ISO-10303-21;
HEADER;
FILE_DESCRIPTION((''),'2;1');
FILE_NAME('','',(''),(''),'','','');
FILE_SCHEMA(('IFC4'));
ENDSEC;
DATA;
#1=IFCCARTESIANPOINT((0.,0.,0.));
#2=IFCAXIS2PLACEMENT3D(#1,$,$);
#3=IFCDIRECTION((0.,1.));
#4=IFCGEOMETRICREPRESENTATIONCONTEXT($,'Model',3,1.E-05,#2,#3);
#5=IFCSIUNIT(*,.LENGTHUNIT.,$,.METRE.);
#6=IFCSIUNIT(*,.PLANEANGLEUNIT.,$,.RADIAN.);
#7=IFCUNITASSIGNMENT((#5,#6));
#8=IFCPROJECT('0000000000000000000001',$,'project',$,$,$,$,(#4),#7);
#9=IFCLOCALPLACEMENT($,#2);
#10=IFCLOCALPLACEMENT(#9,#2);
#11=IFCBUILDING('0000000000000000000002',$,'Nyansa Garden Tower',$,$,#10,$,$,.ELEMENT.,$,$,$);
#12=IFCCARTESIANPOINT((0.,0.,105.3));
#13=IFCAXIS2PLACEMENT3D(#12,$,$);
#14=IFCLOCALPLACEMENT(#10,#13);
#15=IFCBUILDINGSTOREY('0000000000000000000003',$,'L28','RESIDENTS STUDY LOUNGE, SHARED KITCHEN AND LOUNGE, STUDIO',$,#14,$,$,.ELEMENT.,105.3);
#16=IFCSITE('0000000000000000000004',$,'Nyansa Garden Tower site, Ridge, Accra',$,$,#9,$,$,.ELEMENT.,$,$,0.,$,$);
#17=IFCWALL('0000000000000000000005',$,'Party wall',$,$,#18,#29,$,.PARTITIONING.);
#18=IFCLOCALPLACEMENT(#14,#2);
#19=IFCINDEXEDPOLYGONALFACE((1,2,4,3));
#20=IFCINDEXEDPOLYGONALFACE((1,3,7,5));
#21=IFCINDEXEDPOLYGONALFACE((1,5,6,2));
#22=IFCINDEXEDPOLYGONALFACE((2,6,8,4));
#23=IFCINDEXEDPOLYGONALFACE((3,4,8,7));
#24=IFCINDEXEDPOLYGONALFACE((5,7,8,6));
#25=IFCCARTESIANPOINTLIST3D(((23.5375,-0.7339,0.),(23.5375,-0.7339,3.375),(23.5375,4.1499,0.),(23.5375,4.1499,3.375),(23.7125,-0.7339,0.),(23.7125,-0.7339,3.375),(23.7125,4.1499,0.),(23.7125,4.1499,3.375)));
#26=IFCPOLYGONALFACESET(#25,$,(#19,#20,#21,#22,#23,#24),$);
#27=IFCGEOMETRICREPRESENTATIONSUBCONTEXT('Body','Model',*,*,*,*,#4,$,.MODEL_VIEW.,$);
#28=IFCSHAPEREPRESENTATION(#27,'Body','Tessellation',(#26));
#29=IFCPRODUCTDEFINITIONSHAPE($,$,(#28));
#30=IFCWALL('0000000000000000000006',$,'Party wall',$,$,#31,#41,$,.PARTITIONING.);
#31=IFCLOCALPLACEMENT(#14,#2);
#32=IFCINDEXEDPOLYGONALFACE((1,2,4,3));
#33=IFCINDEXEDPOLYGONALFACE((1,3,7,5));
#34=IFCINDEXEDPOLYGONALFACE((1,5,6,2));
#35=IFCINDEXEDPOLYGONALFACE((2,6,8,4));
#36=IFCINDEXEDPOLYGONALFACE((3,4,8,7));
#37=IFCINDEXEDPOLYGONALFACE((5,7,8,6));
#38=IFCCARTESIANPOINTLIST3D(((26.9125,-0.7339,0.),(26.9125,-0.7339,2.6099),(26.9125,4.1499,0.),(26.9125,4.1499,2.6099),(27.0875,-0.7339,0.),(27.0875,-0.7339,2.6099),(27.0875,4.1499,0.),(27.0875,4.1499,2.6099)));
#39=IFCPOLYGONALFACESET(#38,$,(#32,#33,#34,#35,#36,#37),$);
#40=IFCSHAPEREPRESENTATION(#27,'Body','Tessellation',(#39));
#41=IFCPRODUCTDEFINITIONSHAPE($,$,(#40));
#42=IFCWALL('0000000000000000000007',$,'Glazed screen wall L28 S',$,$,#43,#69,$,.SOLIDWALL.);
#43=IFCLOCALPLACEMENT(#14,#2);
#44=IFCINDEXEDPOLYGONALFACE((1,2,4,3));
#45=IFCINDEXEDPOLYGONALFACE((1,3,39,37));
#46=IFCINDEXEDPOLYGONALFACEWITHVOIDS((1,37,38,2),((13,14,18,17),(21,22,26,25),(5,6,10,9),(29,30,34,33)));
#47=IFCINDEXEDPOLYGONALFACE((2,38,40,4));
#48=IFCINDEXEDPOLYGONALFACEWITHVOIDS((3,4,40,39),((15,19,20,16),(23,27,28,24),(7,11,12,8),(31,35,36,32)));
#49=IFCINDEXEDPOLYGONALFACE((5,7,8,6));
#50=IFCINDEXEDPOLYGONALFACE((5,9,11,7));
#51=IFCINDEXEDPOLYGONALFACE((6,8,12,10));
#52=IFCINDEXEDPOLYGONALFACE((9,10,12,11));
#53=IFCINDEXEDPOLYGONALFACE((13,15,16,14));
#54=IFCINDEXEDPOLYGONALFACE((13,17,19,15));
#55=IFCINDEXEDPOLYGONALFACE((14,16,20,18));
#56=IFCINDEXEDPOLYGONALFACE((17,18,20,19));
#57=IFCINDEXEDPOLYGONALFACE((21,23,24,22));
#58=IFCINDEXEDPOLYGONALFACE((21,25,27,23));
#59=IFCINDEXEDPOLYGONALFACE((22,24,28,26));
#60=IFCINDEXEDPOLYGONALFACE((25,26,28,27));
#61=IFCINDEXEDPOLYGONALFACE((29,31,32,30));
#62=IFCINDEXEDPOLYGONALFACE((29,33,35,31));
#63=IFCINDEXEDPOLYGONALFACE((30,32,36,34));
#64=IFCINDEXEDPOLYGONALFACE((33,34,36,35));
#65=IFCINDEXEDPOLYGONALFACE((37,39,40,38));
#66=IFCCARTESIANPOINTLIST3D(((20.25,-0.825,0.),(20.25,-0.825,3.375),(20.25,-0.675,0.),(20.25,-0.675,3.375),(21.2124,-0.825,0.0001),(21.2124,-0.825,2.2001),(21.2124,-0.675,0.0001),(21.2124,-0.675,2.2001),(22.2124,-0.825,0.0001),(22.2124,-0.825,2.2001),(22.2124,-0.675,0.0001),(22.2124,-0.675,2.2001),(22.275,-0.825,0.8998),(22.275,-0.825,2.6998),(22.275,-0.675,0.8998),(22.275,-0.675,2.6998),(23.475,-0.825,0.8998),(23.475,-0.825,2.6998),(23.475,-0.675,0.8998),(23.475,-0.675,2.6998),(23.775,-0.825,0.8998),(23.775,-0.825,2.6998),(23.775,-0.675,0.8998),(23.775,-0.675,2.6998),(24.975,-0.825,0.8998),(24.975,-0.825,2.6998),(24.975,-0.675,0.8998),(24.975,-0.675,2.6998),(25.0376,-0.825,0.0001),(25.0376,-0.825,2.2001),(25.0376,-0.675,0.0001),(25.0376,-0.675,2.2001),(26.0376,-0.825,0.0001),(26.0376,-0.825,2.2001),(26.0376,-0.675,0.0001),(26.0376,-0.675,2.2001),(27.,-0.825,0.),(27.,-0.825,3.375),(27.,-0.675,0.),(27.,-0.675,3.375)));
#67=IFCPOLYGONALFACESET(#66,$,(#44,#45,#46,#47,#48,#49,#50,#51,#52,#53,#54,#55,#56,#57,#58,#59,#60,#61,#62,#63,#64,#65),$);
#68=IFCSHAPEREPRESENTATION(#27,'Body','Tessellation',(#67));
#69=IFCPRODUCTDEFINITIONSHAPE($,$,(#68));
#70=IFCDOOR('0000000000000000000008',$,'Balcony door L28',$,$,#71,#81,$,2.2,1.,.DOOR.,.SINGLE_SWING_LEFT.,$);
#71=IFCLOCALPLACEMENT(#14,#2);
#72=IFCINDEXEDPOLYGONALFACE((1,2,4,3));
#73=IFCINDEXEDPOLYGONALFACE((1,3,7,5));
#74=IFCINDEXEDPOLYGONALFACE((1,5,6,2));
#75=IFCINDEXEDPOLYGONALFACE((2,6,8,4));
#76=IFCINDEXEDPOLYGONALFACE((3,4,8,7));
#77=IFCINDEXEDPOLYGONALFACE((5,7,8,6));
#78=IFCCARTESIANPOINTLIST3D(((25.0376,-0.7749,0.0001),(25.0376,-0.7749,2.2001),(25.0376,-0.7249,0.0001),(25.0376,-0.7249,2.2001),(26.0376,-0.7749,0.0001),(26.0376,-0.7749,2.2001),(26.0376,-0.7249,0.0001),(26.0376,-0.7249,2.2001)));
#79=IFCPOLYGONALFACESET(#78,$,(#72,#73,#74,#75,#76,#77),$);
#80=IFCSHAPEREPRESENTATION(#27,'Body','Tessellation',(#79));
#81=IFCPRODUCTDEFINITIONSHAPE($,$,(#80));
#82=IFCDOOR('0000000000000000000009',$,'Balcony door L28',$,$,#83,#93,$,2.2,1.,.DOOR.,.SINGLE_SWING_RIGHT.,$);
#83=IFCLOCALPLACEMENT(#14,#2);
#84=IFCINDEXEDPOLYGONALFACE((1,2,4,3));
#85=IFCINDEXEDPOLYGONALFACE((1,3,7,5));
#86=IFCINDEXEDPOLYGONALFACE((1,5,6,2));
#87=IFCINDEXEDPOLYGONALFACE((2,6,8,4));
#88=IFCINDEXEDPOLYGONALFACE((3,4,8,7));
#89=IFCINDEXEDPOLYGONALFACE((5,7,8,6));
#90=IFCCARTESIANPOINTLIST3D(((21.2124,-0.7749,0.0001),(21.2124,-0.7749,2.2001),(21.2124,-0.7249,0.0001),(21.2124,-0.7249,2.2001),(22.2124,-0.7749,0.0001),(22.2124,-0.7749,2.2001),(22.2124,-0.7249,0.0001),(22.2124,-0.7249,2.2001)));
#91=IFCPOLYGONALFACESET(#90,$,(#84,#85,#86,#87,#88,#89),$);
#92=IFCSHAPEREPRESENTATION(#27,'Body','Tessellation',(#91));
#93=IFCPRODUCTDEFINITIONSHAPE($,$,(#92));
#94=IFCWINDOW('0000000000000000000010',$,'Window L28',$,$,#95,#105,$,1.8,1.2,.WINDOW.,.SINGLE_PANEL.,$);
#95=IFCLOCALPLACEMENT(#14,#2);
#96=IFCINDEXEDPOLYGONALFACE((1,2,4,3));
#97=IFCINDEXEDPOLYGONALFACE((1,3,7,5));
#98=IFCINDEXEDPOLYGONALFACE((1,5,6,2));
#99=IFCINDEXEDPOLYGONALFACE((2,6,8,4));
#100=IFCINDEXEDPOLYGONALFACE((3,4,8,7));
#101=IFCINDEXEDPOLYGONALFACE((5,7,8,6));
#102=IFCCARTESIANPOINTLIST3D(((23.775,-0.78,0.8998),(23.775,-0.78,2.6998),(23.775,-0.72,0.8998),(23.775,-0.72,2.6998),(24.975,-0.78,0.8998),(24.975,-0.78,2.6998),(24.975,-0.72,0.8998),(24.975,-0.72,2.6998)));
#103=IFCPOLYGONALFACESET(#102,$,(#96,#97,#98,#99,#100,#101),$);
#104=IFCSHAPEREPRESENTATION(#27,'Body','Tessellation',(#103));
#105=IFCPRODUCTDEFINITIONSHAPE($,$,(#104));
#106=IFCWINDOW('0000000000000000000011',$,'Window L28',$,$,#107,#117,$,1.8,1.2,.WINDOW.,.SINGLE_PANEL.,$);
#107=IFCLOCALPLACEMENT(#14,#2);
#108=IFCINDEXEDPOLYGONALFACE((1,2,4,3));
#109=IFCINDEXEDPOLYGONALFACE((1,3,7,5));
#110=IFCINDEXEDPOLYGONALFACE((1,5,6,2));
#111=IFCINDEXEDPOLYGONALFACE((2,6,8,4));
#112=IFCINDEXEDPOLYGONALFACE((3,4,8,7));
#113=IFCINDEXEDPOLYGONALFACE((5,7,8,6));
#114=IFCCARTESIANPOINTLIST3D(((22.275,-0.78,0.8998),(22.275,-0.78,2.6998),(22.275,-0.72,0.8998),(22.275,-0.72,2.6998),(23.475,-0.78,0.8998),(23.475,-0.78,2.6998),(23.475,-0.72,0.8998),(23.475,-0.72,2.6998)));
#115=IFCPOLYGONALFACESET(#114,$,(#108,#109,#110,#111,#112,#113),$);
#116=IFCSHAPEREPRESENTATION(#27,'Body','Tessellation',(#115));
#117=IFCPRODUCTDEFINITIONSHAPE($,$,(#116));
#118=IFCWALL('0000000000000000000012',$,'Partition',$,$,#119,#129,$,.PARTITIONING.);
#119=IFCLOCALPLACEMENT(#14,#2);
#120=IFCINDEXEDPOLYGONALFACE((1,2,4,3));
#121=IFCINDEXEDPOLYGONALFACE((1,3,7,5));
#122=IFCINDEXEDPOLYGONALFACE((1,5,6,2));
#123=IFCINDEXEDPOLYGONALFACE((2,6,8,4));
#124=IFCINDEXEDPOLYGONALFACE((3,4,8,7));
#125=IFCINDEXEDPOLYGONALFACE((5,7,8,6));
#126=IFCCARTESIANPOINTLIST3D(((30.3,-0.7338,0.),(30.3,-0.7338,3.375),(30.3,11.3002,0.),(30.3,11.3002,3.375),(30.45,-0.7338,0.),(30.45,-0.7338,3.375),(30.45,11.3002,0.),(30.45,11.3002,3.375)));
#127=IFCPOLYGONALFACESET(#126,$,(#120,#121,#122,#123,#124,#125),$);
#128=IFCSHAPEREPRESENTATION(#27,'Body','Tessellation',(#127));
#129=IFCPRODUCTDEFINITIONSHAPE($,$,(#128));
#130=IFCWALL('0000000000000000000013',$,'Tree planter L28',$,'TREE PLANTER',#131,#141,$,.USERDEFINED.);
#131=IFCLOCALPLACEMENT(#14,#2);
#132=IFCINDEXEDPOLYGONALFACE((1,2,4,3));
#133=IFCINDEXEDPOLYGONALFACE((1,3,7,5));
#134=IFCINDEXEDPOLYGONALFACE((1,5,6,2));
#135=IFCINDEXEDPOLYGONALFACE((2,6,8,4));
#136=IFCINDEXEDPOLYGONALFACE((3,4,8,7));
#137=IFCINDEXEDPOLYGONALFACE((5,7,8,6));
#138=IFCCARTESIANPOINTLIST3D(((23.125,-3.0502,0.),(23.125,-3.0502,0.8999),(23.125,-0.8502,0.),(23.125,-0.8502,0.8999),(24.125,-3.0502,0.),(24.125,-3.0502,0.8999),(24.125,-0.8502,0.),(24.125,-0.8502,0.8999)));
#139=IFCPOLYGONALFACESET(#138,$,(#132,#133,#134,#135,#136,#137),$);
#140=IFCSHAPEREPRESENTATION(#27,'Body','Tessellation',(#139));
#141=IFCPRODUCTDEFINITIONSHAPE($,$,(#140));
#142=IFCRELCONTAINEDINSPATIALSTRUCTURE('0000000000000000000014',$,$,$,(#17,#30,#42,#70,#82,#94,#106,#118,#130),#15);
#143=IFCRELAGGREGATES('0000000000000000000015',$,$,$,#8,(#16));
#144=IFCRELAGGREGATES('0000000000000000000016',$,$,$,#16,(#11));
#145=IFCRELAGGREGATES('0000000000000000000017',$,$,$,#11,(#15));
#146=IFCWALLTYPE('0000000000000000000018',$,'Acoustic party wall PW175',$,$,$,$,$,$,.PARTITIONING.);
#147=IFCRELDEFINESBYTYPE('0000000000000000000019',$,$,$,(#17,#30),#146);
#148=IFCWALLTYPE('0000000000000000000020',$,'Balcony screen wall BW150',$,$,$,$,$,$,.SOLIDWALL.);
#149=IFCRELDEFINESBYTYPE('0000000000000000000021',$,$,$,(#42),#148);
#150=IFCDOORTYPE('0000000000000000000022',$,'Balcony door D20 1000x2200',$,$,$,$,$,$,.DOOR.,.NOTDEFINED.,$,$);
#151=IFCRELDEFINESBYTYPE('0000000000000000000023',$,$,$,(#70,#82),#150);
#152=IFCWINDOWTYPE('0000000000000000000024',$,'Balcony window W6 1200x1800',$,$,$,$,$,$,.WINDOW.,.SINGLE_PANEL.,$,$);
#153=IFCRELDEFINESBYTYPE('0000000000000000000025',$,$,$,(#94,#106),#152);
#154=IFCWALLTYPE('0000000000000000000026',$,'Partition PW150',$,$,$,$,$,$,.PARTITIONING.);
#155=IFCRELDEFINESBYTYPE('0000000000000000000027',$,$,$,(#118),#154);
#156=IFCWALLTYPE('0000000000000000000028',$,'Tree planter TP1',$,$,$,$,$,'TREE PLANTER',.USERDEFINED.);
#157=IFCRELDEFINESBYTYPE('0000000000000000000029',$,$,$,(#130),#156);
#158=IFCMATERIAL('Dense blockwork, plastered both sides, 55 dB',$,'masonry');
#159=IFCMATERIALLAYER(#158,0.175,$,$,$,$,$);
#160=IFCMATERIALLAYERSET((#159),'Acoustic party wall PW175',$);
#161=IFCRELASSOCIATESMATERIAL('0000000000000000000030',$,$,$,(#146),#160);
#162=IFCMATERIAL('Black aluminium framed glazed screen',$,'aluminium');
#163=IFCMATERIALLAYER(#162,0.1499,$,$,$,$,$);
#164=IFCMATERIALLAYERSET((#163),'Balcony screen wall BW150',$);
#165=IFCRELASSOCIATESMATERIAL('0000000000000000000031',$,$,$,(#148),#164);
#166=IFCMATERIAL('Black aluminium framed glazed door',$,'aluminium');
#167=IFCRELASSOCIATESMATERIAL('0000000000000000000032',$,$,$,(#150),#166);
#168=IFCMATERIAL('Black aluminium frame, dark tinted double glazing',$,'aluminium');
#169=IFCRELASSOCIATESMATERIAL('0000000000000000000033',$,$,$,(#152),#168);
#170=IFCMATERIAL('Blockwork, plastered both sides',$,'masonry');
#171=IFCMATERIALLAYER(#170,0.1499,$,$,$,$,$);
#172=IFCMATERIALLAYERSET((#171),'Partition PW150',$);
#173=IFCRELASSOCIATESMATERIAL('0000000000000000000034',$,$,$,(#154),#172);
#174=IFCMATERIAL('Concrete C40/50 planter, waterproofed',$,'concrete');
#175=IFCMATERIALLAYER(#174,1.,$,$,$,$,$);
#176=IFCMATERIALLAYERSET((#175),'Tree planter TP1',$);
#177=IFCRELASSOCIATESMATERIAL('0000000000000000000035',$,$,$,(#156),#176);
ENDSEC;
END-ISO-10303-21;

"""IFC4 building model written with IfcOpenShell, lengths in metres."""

from ifc_helpers import new_model, si_unit, direction, frame, frame_2d, origin, place, context, subcontext, project, spatial, rectangle, extrude, material, layer, layer_set, type_object, element, fill, save


model = new_model("IFC4")

# Units and contexts
model_context = context("Model", 3, precision=1e-05, world=origin(), true_north=direction((0.0, 1.0)))
body_context = subcontext(model_context, "Body", "Model", "MODEL_VIEW")
ifc_project = project(units=[si_unit("LENGTHUNIT", "METRE"), si_unit("PLANEANGLEUNIT", "RADIAN")], contexts=[model_context])

# Site, building, storey
site_placement = place(None, origin())
site = spatial("IfcSite", under=ifc_project, at=site_placement, Name="Nyansa Garden Tower site, Ridge, Accra", CompositionType="ELEMENT", RefElevation=0.0)
building_placement = place(site_placement, origin())
building = spatial("IfcBuilding", under=site, at=building_placement, Name="Nyansa Garden Tower", CompositionType="ELEMENT")
storey_placement = place(building_placement, frame((0.0, 0.0, 105.3)))
storey = spatial("IfcBuildingStorey", under=building, at=storey_placement, Name="L28", Description="RESIDENTS STUDY LOUNGE, SHARED KITCHEN AND LOUNGE, STUDIO", CompositionType="ELEMENT", Elevation=105.3)

# Walls
ifc_material_1 = material(Name="Dense blockwork, plastered both sides, 55 dB", Category="masonry")
ifc_layer_1 = layer(ifc_material_1, 0.175)
ifc_layer_set_1 = layer_set([ifc_layer_1], Name="Acoustic party wall PW175")
wall_type_1 = type_object("IfcWallType", Name="Acoustic party wall PW175", PredefinedType="PARTITIONING", material=ifc_layer_set_1)
wall_1_placement = place(storey_placement, frame((23.625, -0.7339, 0.0), z_axis=(0.0, 0.0, 1.0), x_axis=(0.0, 1.0, 0.0)))
element("IfcWall", 1, at=wall_1_placement, inside=storey, type_object=wall_type_1, Name="Party wall", PredefinedType="PARTITIONING", context=body_context, shape_type="SweptSolid", body=[
    extrude(rectangle(XDim=4.8838, YDim=0.175, at=frame_2d((2.4419, 0.0))), origin(), (0.0, 0.0, 1.0), 3.375),
])
wall_2_placement = place(storey_placement, frame((27.0, -0.7339, 0.0), z_axis=(0.0, 0.0, 1.0), x_axis=(0.0, 1.0, 0.0)))
element("IfcWall", 2, at=wall_2_placement, inside=storey, type_object=wall_type_1, Name="Party wall", PredefinedType="PARTITIONING", context=body_context, shape_type="SweptSolid", body=[
    extrude(rectangle(XDim=4.8838, YDim=0.175, at=frame_2d((2.4419, 0.0))), origin(), (0.0, 0.0, 1.0), 2.6099),
])

# Wall, openings, doors, windows
ifc_material_2 = material(Name="Black aluminium framed glazed screen", Category="aluminium")
ifc_layer_2 = layer(ifc_material_2, 0.1499)
ifc_layer_set_2 = layer_set([ifc_layer_2], Name="Balcony screen wall BW150")
wall_type_2 = type_object("IfcWallType", Name="Balcony screen wall BW150", PredefinedType="SOLIDWALL", material=ifc_layer_set_2)
wall_3_placement = place(storey_placement, frame((27.0, -0.75, 0.0), z_axis=(0.0, 0.0, 1.0), x_axis=(-1.0, 0.0, 0.0)))
wall_3 = element("IfcWall", 3, at=wall_3_placement, inside=storey, type_object=wall_type_2, Name="Glazed screen wall L28 S", PredefinedType="SOLIDWALL", context=body_context, shape_type="SweptSolid", body=[
    extrude(rectangle(XDim=6.75, YDim=0.1499, at=frame_2d((3.375, 0.0))), origin(), (0.0, 0.0, 1.0), 3.375),
])
opening_1_placement = place(wall_3_placement, frame((0.9624, 0.0, 0.0)))
opening_1 = element("IfcOpeningElement", 4, at=opening_1_placement, cuts=wall_3, PredefinedType="OPENING", context=body_context, shape_type="SweptSolid", body=[
    extrude(rectangle(XDim=1.0, YDim=2.2, at=frame_2d((0.5, 1.1001))), frame((0.0, 0.085, 0.0), z_axis=(0.0, -1.0, 0.0), x_axis=(1.0, 0.0, 0.0)), (0.0, 0.0, 1.0), 0.1699),
])
opening_2_placement = place(wall_3_placement, frame((2.0249, 0.0, 0.8999)))
opening_2 = element("IfcOpeningElement", 5, at=opening_2_placement, cuts=wall_3, PredefinedType="OPENING", context=body_context, shape_type="SweptSolid", body=[
    extrude(rectangle(XDim=1.2, YDim=1.8, at=frame_2d((0.6001, 0.8999))), frame((0.0, 0.085, 0.0), z_axis=(0.0, -1.0, 0.0), x_axis=(1.0, 0.0, 0.0)), (0.0, 0.0, 1.0), 0.1699),
])
opening_3_placement = place(wall_3_placement, frame((4.7876, 0.0, 0.0)))
opening_3 = element("IfcOpeningElement", 6, at=opening_3_placement, cuts=wall_3, PredefinedType="OPENING", context=body_context, shape_type="SweptSolid", body=[
    extrude(rectangle(XDim=1.0, YDim=2.2, at=frame_2d((0.5, 1.1001))), frame((0.0, 0.085, 0.0), z_axis=(0.0, -1.0, 0.0), x_axis=(1.0, 0.0, 0.0)), (0.0, 0.0, 1.0), 0.1699),
])
opening_4_placement = place(wall_3_placement, frame((3.5249, 0.0, 0.8999)))
opening_4 = element("IfcOpeningElement", 7, at=opening_4_placement, cuts=wall_3, PredefinedType="OPENING", context=body_context, shape_type="SweptSolid", body=[
    extrude(rectangle(XDim=1.2, YDim=1.8, at=frame_2d((0.6001, 0.8999))), frame((0.0, 0.085, 0.0), z_axis=(0.0, -1.0, 0.0), x_axis=(1.0, 0.0, 0.0)), (0.0, 0.0, 1.0), 0.1699),
])
ifc_material_3 = material(Name="Black aluminium framed glazed door", Category="aluminium")
door_type_1 = type_object("IfcDoorType", Name="Balcony door D20 1000x2200", OperationType="NOTDEFINED", PredefinedType="DOOR", material=ifc_material_3)
door_1_placement = place(opening_1_placement, origin())
door_1 = element("IfcDoor", 8, at=door_1_placement, inside=storey, type_object=door_type_1, Name="Balcony door L28", OperationType="SINGLE_SWING_LEFT", OverallHeight=2.2, OverallWidth=1.0, PredefinedType="DOOR", context=body_context, shape_type="SweptSolid", body=[
    extrude(rectangle(XDim=1.0, YDim=2.2, at=frame_2d((0.5, 1.1001))), frame((0.0, 0.0249, 0.0), z_axis=(0.0, -1.0, 0.0), x_axis=(1.0, 0.0, 0.0)), (0.0, 0.0, 1.0), 0.05),
])
fill(opening_1, door_1)
door_2_placement = place(opening_3_placement, origin())
door_2 = element("IfcDoor", 9, at=door_2_placement, inside=storey, type_object=door_type_1, Name="Balcony door L28", OperationType="SINGLE_SWING_RIGHT", OverallHeight=2.2, OverallWidth=1.0, PredefinedType="DOOR", context=body_context, shape_type="SweptSolid", body=[
    extrude(rectangle(XDim=1.0, YDim=2.2, at=frame_2d((0.5, 1.1001))), frame((0.0, 0.0249, 0.0), z_axis=(0.0, -1.0, 0.0), x_axis=(1.0, 0.0, 0.0)), (0.0, 0.0, 1.0), 0.05),
])
fill(opening_3, door_2)
ifc_material_4 = material(Name="Black aluminium frame, dark tinted double glazing", Category="aluminium")
window_type = type_object("IfcWindowType", Name="Balcony window W6 1200x1800", PartitioningType="SINGLE_PANEL", PredefinedType="WINDOW", material=ifc_material_4)
window_1_placement = place(opening_2_placement, origin())
window_1 = element("IfcWindow", 10, at=window_1_placement, inside=storey, type_object=window_type, Name="Window L28", OverallHeight=1.8, OverallWidth=1.2, PartitioningType="SINGLE_PANEL", PredefinedType="WINDOW", context=body_context, shape_type="SweptSolid", body=[
    extrude(rectangle(XDim=1.2, YDim=1.8, at=frame_2d((0.6001, 0.8999))), frame((0.0, 0.03, 0.0), z_axis=(0.0, -1.0, 0.0), x_axis=(1.0, 0.0, 0.0)), (0.0, 0.0, 1.0), 0.0601),
])
fill(opening_2, window_1)
window_2_placement = place(opening_4_placement, origin())
window_2 = element("IfcWindow", 11, at=window_2_placement, inside=storey, type_object=window_type, Name="Window L28", OverallHeight=1.8, OverallWidth=1.2, PartitioningType="SINGLE_PANEL", PredefinedType="WINDOW", context=body_context, shape_type="SweptSolid", body=[
    extrude(rectangle(XDim=1.2, YDim=1.8, at=frame_2d((0.6001, 0.8999))), frame((0.0, 0.03, 0.0), z_axis=(0.0, -1.0, 0.0), x_axis=(1.0, 0.0, 0.0)), (0.0, 0.0, 1.0), 0.0601),
])
fill(opening_4, window_2)

# Walls
ifc_material_5 = material(Name="Blockwork, plastered both sides", Category="masonry")
ifc_layer_3 = layer(ifc_material_5, 0.1499)
ifc_layer_set_3 = layer_set([ifc_layer_3], Name="Partition PW150")
wall_type_3 = type_object("IfcWallType", Name="Partition PW150", PredefinedType="PARTITIONING", material=ifc_layer_set_3)
wall_4_placement = place(storey_placement, frame((30.375, -0.7339, 0.0), z_axis=(0.0, 0.0, 1.0), x_axis=(0.0, 1.0, 0.0)))
element("IfcWall", 12, at=wall_4_placement, inside=storey, type_object=wall_type_3, Name="Partition", PredefinedType="PARTITIONING", context=body_context, shape_type="SweptSolid", body=[
    extrude(rectangle(XDim=12.0339, YDim=0.1499, at=frame_2d((6.0171, 0.0))), origin(), (0.0, 0.0, 1.0), 3.375),
])
ifc_material_6 = material(Name="Concrete C40/50 planter, waterproofed", Category="concrete")
ifc_layer_4 = layer(ifc_material_6, 1.0)
ifc_layer_set_4 = layer_set([ifc_layer_4], Name="Tree planter TP1")
wall_type_4 = type_object("IfcWallType", Name="Tree planter TP1", ElementType="TREE PLANTER", PredefinedType="USERDEFINED", material=ifc_layer_set_4)
wall_5_placement = place(storey_placement, frame((23.625, -0.8501, 0.0), z_axis=(0.0, 0.0, 1.0), x_axis=(0.0, -1.0, 0.0)))
element("IfcWall", 13, at=wall_5_placement, inside=storey, type_object=wall_type_4, Name="Tree planter L28", ObjectType="TREE PLANTER", PredefinedType="USERDEFINED", context=body_context, shape_type="SweptSolid", body=[
    extrude(rectangle(XDim=2.2, YDim=1.0, at=frame_2d((1.1001, 0.0))), origin(), (0.0, 0.0, 1.0), 0.8999),
])

save(model, "model.ifc")
